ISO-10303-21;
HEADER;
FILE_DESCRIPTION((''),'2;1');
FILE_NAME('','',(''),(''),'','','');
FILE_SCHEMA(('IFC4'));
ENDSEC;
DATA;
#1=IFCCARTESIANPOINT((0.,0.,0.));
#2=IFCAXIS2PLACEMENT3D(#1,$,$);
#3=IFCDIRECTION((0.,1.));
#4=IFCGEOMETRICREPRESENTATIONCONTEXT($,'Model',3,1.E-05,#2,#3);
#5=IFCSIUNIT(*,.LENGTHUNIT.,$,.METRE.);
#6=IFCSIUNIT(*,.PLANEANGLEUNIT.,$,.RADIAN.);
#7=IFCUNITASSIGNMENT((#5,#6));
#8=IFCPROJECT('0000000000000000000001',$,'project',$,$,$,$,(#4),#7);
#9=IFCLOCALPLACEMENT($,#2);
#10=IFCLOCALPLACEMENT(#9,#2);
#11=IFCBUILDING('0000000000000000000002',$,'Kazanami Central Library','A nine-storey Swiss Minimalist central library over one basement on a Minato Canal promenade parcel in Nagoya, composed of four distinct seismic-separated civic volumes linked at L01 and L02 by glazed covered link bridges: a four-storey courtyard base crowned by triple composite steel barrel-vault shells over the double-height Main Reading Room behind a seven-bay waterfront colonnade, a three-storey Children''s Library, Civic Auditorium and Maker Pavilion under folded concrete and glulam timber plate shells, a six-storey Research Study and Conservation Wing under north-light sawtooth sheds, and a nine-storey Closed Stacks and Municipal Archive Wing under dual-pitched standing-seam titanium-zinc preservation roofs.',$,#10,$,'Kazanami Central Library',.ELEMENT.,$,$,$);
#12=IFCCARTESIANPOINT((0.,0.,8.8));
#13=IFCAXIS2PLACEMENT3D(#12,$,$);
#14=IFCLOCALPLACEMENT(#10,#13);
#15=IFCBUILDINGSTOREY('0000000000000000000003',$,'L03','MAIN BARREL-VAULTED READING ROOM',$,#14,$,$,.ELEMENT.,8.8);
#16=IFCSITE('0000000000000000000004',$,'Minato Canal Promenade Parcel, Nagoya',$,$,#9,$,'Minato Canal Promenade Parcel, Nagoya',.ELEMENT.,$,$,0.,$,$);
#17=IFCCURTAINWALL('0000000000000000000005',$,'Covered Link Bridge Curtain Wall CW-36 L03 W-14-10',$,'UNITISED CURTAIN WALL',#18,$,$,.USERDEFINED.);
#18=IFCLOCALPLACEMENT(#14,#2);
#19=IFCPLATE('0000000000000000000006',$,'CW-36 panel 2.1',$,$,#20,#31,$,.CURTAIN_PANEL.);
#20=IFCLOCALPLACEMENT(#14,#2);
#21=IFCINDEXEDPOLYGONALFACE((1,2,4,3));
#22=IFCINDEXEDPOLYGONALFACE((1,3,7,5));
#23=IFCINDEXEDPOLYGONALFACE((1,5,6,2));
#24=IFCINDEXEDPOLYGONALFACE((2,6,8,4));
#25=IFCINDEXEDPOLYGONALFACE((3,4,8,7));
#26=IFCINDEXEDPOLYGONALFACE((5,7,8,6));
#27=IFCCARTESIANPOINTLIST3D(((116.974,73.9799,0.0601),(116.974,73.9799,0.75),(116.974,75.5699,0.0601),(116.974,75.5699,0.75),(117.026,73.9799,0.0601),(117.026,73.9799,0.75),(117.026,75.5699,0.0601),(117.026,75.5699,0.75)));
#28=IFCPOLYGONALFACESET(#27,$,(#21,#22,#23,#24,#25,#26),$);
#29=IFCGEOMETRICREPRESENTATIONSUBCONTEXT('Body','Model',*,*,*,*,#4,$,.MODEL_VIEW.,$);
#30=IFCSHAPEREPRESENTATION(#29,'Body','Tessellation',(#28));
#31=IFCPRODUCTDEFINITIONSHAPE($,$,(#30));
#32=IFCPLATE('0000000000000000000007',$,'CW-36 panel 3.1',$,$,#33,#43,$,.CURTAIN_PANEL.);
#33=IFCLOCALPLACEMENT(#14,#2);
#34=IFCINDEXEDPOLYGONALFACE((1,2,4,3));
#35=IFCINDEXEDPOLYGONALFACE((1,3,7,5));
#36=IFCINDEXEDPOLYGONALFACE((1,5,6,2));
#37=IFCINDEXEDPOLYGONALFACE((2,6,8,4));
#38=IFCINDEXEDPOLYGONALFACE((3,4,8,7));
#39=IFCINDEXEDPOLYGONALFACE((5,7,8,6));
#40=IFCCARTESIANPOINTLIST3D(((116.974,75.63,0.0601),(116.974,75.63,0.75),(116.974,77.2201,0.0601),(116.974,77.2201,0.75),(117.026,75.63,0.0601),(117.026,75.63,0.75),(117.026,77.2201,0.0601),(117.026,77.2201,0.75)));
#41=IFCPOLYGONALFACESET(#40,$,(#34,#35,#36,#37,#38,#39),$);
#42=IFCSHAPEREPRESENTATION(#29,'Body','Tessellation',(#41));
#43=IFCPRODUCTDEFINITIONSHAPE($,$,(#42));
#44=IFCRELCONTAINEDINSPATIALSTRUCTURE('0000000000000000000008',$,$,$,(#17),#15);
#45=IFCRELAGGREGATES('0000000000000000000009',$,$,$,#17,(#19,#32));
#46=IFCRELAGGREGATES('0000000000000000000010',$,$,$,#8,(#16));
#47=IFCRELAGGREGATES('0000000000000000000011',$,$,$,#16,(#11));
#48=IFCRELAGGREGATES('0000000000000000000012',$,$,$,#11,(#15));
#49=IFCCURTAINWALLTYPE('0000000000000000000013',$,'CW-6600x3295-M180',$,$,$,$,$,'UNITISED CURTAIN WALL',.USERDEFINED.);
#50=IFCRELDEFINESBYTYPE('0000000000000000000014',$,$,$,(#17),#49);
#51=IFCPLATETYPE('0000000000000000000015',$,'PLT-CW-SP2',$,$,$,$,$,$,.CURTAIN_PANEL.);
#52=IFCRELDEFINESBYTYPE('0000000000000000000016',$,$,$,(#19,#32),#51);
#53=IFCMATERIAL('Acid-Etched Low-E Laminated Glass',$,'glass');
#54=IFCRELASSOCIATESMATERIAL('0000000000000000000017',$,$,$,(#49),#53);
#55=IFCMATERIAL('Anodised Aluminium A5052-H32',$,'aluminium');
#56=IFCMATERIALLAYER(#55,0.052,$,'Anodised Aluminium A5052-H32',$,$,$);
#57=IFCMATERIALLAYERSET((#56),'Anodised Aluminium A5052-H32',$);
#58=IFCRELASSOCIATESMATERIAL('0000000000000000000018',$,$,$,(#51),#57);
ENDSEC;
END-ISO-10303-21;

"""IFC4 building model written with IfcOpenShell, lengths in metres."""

from ifc_helpers import new_model, si_unit, direction, frame, origin, origin_2d, place, context, subcontext, project, spatial, rectangle, extrude, material, layer, layer_set, type_object, element, aggregate, save


model = new_model("IFC4")

# Units and contexts
model_context = context("Model", 3, precision=1e-05, world=origin(), true_north=direction((0.0, 1.0)))
body_context = subcontext(model_context, "Body", "Model", "MODEL_VIEW")
ifc_project = project(units=[si_unit("LENGTHUNIT", "METRE"), si_unit("PLANEANGLEUNIT", "RADIAN")], contexts=[model_context])

# Site, building, storey
site_placement = place(None, origin())
site = spatial("IfcSite", under=ifc_project, at=site_placement, Name="Minato Canal Promenade Parcel, Nagoya", LongName="Minato Canal Promenade Parcel, Nagoya", CompositionType="ELEMENT", RefElevation=0.0)
building_placement = place(site_placement, origin())
building = spatial("IfcBuilding", under=site, at=building_placement, Name="Kazanami Central Library", Description="A nine-storey Swiss Minimalist central library over one basement on a Minato Canal promenade parcel in Nagoya, composed of four distinct seismic-separated civic volumes linked at L01 and L02 by glazed covered link bridges: a four-storey courtyard base crowned by triple composite steel barrel-vault shells over the double-height Main Reading Room behind a seven-bay waterfront colonnade, a three-storey Children's Library, Civic Auditorium and Maker Pavilion under folded concrete and glulam timber plate shells, a six-storey Research Study and Conservation Wing under north-light sawtooth sheds, and a nine-storey Closed Stacks and Municipal Archive Wing under dual-pitched standing-seam titanium-zinc preservation roofs.", LongName="Kazanami Central Library", CompositionType="ELEMENT")
storey_placement = place(building_placement, frame((0.0, 0.0, 8.8)))
storey = spatial("IfcBuildingStorey", under=building, at=storey_placement, Name="L03", Description="MAIN BARREL-VAULTED READING ROOM", CompositionType="ELEMENT", Elevation=8.8)

# Shared definitions
ifc_material_1 = material(Name="Acid-Etched Low-E Laminated Glass", Category="glass")

# Shared definitions
curtain_wall_type_1 = type_object("IfcCurtainWallType", Name="CW-6600x3295-M180", ElementType="UNITISED CURTAIN WALL", PredefinedType="USERDEFINED", material=ifc_material_1)

# Curtain wall
curtain_wall_1_placement = place(storey_placement, origin())
curtain_wall_1 = element("IfcCurtainWall", 1, at=curtain_wall_1_placement, inside=storey, type_object=curtain_wall_type_1, Name="Covered Link Bridge Curtain Wall CW-36 L03 W-14-10", ObjectType="UNITISED CURTAIN WALL", PredefinedType="USERDEFINED")

# Plates
ifc_material_2 = material(Name="Anodised Aluminium A5052-H32", Category="aluminium")
ifc_layer_1 = layer(ifc_material_2, 0.052, Name="Anodised Aluminium A5052-H32")
ifc_layer_set_1 = layer_set([ifc_layer_1], Name="Anodised Aluminium A5052-H32")
plate_type_1 = type_object("IfcPlateType", Name="PLT-CW-SP2", PredefinedType="CURTAIN_PANEL", material=ifc_layer_set_1)
plate_1_placement = place(storey_placement, frame((117.0, 74.7749, 0.0601), z_axis=(0.0, 0.0, 1.0), x_axis=(0.0, 1.0, 0.0)))
plate_1 = element("IfcPlate", 2, at=plate_1_placement, type_object=plate_type_1, Name="CW-36 panel 2.1", PredefinedType="CURTAIN_PANEL", context=body_context, shape_type="SweptSolid", body=[
    extrude(rectangle(XDim=1.5901, YDim=0.052, at=origin_2d()), origin(), (0.0, 0.0, 1.0), 0.6899),
])
plate_2_placement = place(storey_placement, frame((117.0, 76.425, 0.0601), z_axis=(0.0, 0.0, 1.0), x_axis=(0.0, 1.0, 0.0)))
plate_2 = element("IfcPlate", 3, at=plate_2_placement, type_object=plate_type_1, Name="CW-36 panel 3.1", PredefinedType="CURTAIN_PANEL", context=body_context, shape_type="SweptSolid", body=[
    extrude(rectangle(XDim=1.5901, YDim=0.052, at=origin_2d()), origin(), (0.0, 0.0, 1.0), 0.6899),
])
aggregate(curtain_wall_1, [plate_1, plate_2])

save(model, "model.ifc")
